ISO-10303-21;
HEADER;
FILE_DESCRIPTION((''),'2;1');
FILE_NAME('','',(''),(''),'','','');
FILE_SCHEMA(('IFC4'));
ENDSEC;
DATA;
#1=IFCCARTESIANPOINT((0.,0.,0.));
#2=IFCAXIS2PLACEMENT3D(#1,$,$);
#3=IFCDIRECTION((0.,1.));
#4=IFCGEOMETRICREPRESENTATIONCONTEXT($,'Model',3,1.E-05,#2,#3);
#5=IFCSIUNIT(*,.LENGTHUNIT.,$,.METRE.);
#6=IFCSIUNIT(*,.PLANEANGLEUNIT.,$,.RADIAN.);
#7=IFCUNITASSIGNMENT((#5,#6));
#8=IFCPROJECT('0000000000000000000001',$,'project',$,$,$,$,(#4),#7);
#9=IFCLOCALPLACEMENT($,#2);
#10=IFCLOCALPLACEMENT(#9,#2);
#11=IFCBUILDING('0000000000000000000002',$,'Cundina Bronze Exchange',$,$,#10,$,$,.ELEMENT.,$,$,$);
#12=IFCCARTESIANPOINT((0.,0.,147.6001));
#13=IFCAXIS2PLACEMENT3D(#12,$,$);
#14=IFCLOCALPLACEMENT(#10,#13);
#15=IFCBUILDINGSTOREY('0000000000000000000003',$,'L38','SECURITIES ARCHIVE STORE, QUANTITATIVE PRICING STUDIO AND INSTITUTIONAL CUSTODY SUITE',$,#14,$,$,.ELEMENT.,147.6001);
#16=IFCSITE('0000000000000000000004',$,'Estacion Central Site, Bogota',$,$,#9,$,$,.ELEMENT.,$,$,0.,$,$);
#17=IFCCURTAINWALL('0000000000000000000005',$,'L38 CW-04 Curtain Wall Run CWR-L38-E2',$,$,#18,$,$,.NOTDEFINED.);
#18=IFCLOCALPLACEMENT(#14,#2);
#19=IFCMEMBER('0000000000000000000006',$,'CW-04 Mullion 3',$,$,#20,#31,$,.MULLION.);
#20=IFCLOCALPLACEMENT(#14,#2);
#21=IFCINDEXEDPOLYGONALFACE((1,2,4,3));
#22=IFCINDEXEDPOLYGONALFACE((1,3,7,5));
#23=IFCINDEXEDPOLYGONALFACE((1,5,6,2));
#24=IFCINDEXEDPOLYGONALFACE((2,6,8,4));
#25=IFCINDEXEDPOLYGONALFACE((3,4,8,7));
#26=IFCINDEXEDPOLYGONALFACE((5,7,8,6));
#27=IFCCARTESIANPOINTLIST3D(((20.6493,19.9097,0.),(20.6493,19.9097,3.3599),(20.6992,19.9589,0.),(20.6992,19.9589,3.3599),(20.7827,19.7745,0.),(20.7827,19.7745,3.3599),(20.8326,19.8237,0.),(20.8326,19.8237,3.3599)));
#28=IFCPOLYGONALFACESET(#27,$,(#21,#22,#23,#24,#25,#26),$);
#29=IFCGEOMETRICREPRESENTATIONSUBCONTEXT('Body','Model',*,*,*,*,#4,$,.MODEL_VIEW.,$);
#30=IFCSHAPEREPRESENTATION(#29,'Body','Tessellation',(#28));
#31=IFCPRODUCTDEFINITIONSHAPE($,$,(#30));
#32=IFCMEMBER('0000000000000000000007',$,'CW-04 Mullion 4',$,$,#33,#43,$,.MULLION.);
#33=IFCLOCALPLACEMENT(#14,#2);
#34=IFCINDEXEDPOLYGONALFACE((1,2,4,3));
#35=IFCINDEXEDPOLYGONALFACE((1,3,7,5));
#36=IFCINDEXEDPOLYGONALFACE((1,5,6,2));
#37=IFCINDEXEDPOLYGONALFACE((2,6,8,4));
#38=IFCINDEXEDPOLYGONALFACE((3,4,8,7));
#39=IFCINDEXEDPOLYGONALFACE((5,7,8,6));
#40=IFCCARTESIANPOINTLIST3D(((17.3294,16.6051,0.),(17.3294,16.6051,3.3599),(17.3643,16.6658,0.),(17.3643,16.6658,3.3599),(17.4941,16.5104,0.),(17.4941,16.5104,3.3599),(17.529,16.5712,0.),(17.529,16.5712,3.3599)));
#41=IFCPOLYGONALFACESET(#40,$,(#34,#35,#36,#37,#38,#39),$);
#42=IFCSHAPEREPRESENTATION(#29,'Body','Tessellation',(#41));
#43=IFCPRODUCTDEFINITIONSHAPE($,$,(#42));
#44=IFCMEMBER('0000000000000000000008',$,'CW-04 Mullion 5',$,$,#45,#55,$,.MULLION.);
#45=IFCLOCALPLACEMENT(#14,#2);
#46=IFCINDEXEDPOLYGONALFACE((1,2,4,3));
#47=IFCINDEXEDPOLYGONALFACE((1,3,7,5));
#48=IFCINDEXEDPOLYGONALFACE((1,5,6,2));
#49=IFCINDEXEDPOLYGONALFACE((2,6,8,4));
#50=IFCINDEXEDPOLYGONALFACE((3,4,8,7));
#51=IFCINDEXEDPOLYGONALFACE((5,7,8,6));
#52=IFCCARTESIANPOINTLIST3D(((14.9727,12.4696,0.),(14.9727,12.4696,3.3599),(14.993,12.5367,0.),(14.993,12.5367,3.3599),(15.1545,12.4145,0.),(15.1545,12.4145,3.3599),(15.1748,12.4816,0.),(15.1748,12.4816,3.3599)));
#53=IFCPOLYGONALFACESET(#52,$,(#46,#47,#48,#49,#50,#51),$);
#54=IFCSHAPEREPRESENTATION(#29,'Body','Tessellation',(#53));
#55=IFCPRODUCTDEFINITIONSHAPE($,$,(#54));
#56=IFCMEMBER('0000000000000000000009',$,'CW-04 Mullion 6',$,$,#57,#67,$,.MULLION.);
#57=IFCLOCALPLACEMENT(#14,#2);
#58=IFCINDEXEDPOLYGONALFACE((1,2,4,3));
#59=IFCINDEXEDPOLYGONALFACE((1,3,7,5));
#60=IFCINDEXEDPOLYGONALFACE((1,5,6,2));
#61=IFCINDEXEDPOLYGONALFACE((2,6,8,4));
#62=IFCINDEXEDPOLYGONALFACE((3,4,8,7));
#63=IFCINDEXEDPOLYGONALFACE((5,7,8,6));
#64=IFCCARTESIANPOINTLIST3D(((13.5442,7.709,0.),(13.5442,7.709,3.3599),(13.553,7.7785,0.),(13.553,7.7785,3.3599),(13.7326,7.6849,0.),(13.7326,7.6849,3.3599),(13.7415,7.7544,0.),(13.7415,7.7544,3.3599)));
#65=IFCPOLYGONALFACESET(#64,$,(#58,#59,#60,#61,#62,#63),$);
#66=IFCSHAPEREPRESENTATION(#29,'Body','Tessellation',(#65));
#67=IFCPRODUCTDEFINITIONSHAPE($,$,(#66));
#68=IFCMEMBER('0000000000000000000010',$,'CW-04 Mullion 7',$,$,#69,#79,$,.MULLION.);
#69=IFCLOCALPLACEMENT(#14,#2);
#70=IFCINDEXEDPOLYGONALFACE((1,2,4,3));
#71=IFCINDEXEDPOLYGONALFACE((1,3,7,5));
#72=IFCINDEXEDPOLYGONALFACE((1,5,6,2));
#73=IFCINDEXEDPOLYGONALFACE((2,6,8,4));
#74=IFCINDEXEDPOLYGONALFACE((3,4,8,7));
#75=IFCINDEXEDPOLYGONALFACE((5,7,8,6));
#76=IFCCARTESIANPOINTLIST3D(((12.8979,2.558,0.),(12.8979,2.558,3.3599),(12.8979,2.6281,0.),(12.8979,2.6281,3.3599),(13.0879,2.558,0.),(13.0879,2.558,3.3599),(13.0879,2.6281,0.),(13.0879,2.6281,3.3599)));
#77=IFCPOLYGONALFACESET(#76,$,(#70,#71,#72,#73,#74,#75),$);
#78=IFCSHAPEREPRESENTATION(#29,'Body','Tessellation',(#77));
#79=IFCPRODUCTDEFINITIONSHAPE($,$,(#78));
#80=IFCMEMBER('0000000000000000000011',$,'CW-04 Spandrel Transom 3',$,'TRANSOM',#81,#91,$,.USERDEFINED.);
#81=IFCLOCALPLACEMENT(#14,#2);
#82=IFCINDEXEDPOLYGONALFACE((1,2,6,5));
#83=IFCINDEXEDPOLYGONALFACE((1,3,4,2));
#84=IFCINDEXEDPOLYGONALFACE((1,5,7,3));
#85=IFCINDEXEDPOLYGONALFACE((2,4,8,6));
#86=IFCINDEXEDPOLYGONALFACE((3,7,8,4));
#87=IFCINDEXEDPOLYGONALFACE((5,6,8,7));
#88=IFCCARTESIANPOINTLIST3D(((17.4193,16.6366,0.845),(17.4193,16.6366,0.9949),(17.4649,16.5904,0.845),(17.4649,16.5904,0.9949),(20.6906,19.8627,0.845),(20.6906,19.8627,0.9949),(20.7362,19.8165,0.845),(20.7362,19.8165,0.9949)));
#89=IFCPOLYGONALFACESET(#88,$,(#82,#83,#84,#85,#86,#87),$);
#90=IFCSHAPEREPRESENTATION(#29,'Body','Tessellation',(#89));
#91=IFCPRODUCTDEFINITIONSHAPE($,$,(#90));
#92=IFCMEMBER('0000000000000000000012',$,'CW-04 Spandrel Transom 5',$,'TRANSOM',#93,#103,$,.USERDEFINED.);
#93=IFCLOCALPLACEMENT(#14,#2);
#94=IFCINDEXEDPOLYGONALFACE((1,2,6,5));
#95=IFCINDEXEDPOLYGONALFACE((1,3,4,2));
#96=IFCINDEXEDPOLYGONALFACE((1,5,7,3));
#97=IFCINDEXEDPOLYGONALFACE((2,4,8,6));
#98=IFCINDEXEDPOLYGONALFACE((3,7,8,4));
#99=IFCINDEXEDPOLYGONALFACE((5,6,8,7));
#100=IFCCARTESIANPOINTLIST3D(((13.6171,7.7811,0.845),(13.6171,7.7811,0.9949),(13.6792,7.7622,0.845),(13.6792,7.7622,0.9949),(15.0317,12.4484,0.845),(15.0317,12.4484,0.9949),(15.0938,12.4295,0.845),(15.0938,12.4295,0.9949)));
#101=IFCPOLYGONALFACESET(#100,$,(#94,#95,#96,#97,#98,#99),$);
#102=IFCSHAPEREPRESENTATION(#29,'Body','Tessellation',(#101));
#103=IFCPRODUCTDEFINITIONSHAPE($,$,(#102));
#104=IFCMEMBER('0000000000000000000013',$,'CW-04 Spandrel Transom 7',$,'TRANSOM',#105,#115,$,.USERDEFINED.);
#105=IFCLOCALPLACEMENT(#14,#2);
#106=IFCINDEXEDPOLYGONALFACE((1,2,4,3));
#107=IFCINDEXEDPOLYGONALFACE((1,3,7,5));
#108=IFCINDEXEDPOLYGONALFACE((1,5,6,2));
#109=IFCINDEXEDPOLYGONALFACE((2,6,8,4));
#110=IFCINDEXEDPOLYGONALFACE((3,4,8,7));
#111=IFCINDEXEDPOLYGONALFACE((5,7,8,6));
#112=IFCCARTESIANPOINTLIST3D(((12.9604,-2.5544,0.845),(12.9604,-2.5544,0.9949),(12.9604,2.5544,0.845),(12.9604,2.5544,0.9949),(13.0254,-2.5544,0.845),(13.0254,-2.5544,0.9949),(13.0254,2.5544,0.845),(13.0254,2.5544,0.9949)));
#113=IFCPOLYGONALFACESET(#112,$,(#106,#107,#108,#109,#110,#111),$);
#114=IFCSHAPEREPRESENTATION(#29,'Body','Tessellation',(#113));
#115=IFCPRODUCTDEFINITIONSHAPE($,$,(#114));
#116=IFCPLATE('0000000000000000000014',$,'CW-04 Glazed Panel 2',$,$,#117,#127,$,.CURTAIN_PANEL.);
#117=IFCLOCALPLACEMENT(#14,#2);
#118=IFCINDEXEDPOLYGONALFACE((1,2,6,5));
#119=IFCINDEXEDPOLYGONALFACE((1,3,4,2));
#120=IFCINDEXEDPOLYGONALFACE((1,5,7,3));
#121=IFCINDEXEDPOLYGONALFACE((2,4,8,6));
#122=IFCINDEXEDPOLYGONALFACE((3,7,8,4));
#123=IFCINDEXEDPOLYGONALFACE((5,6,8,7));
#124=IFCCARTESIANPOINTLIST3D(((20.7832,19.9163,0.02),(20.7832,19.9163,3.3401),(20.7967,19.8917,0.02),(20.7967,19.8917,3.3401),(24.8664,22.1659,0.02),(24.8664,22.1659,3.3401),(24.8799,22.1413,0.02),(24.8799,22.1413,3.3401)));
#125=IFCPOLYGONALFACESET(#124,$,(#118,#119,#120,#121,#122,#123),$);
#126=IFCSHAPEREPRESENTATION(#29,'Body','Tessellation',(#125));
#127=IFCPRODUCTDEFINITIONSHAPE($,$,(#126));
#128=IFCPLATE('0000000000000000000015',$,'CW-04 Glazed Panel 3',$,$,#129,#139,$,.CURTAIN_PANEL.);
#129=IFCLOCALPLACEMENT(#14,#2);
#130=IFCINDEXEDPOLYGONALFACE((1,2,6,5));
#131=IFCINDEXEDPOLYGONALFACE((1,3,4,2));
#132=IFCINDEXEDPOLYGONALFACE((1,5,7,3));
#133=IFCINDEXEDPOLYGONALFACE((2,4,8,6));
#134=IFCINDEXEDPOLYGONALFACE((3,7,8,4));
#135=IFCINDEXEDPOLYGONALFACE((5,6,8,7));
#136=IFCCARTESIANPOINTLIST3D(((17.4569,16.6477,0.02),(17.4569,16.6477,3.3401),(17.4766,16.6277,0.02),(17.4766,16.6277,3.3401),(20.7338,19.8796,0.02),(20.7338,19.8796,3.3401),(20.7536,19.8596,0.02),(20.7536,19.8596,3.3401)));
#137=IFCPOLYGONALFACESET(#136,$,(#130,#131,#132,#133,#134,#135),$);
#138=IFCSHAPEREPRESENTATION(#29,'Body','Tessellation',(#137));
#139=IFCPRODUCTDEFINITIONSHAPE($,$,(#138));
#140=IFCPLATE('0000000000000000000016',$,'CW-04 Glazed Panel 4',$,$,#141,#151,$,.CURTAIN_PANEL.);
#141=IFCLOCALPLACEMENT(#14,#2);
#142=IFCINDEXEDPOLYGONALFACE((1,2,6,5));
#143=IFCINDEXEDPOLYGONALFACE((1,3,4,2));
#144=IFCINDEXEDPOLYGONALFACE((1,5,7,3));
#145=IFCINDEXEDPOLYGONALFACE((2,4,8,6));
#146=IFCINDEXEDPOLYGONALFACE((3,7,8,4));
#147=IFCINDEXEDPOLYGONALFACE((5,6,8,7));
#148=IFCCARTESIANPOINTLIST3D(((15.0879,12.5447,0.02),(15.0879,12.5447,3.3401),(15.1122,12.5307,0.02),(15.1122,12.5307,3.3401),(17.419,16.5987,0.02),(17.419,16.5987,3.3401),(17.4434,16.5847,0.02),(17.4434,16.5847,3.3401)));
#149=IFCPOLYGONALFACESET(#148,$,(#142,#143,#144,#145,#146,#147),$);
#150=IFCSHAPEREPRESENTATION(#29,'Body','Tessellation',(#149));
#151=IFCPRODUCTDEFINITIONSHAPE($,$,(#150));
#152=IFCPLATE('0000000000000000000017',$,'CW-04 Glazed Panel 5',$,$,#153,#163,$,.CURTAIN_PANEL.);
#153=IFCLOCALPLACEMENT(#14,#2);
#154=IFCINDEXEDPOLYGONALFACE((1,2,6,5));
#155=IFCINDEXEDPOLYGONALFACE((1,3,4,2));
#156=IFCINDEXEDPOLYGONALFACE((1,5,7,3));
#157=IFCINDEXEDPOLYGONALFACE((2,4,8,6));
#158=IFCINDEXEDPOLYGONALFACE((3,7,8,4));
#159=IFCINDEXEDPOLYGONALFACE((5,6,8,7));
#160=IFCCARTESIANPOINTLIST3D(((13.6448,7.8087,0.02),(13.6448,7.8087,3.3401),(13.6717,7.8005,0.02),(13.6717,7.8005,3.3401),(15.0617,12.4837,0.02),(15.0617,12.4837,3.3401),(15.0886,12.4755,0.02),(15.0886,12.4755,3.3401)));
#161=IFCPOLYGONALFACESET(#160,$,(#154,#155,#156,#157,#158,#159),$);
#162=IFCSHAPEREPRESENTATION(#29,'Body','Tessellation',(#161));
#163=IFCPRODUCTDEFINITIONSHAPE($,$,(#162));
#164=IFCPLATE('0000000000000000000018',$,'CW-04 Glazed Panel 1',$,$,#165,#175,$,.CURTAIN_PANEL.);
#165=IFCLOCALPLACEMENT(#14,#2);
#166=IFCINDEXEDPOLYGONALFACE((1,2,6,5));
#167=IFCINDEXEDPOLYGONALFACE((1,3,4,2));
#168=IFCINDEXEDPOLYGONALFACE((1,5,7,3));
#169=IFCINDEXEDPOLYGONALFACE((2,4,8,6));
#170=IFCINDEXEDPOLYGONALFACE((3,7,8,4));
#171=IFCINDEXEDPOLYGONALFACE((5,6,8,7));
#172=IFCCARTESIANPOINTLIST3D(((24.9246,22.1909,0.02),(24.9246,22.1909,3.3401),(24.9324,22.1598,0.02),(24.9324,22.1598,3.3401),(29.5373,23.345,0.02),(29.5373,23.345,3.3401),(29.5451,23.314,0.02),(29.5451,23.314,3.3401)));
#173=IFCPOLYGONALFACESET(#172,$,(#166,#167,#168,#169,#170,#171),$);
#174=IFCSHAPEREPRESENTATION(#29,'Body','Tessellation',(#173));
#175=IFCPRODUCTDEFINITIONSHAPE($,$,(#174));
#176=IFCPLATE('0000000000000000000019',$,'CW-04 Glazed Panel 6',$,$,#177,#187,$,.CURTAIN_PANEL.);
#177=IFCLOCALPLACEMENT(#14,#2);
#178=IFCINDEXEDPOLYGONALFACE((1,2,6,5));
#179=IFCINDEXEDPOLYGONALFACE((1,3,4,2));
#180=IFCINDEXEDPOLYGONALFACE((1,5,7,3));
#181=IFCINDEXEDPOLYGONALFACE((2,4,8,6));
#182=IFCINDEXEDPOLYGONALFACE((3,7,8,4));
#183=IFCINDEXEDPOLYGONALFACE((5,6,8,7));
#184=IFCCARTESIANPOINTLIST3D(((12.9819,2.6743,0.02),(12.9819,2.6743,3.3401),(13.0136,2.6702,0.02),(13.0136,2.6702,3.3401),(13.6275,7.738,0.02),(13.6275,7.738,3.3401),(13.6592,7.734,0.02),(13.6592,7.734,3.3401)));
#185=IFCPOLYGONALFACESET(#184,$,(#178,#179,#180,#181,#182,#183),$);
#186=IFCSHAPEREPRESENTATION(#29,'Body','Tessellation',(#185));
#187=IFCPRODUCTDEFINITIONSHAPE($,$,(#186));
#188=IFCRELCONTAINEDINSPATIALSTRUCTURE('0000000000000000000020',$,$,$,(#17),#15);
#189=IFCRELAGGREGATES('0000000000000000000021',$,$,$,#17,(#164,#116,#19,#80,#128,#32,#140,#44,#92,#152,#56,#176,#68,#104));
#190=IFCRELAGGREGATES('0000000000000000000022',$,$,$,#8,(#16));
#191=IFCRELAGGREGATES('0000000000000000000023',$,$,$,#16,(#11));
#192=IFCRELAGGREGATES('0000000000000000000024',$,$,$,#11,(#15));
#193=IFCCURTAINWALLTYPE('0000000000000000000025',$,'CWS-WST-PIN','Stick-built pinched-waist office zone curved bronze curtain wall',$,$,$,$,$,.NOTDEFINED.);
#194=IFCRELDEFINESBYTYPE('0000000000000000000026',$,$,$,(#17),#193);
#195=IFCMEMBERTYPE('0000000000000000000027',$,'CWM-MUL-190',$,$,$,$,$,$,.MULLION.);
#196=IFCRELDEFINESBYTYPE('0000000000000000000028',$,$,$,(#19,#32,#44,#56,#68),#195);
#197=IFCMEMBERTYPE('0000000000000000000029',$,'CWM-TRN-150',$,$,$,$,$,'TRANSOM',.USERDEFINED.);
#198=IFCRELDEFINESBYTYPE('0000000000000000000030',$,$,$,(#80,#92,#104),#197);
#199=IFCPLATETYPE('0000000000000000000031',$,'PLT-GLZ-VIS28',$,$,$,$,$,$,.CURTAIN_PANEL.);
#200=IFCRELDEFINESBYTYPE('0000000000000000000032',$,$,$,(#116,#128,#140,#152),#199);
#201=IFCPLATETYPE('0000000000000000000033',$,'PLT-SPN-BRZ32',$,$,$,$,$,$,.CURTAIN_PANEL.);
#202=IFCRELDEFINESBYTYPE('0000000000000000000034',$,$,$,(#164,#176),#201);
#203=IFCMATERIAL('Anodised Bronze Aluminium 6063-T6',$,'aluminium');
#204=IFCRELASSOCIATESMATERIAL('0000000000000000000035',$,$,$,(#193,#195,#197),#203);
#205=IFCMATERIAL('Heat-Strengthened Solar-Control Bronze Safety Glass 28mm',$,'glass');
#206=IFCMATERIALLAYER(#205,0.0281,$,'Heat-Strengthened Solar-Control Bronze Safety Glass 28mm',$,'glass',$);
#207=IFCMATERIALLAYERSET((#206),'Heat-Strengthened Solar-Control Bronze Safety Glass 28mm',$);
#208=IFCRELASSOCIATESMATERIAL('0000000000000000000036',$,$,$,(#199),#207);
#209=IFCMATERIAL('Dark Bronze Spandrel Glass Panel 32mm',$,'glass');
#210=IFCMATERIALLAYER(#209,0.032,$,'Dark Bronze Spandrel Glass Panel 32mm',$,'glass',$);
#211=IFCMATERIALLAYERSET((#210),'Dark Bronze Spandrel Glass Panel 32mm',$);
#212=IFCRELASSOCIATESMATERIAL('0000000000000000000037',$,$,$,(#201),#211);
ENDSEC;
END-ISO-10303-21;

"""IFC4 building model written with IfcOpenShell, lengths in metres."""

from ifc_helpers import new_model, si_unit, direction, frame, origin, origin_2d, place, context, subcontext, project, spatial, rectangle, extrude, material, layer, layer_set, material_profile, profile_set, type_object, element, aggregate, save


model = new_model("IFC4")

# Units and contexts
model_context = context("Model", 3, precision=1e-05, world=origin(), true_north=direction((0.0, 1.0)))
body_context = subcontext(model_context, "Body", "Model", "MODEL_VIEW")
ifc_project = project(units=[si_unit("LENGTHUNIT", "METRE"), si_unit("PLANEANGLEUNIT", "RADIAN")], contexts=[model_context])

# Site, building, storey
site_placement = place(None, origin())
site = spatial("IfcSite", under=ifc_project, at=site_placement, Name="Estacion Central Site, Bogota", CompositionType="ELEMENT", RefElevation=0.0)
building_placement = place(site_placement, origin())
building = spatial("IfcBuilding", under=site, at=building_placement, Name="Cundina Bronze Exchange", CompositionType="ELEMENT")
storey_placement = place(building_placement, frame((0.0, 0.0, 147.6001)))
storey = spatial("IfcBuildingStorey", under=building, at=storey_placement, Name="L38", Description="SECURITIES ARCHIVE STORE, QUANTITATIVE PRICING STUDIO AND INSTITUTIONAL CUSTODY SUITE", CompositionType="ELEMENT", Elevation=147.6001)

# Curtain wall, members, plates
ifc_material_1 = material(Name="Anodised Bronze Aluminium 6063-T6", Category="aluminium")
curtain_wall_type = type_object("IfcCurtainWallType", Name="CWS-WST-PIN", Description="Stick-built pinched-waist office zone curved bronze curtain wall", PredefinedType="NOTDEFINED", material=ifc_material_1)
curtain_wall_placement = place(storey_placement, origin())
curtain_wall = element("IfcCurtainWall", 1, at=curtain_wall_placement, inside=storey, type_object=curtain_wall_type, Name="L38 CW-04 Curtain Wall Run CWR-L38-E2", PredefinedType="NOTDEFINED")
ifc_material_profile_1 = material_profile(ifc_material_1, rectangle(XDim=0.0701, YDim=0.1899, at=origin_2d()), Name="AL70X190", Category="aluminium")
ifc_profile_set_1 = profile_set([ifc_material_profile_1], Name="Anodised Bronze Aluminium 6063-T6")
member_type_1 = type_object("IfcMemberType", Name="CWM-MUL-190", PredefinedType="MULLION", material=ifc_profile_set_1)
member_1_placement = place(storey_placement, frame((20.741, 19.8667, 0.0), z_axis=(0.0, 0.0, 1.0), x_axis=(-0.712026, -0.702153, 0.0)))
member_1 = element("IfcMember", 2, at=member_1_placement, type_object=member_type_1, Name="CW-04 Mullion 3", PredefinedType="MULLION", context=body_context, shape_type="SweptSolid", body=[
    extrude(rectangle(XDim=0.0701, YDim=0.1899, at=origin_2d()), origin(), (0.0, 0.0, 1.0), 3.3599),
])
member_2_placement = place(storey_placement, frame((17.4292, 16.5881, 0.0), z_axis=(0.0, 0.0, 1.0), x_axis=(-0.498488, -0.866897, 0.0)))
member_2 = element("IfcMember", 3, at=member_2_placement, type_object=member_type_1, Name="CW-04 Mullion 4", PredefinedType="MULLION", context=body_context, shape_type="SweptSolid", body=[
    extrude(rectangle(XDim=0.0701, YDim=0.1899, at=origin_2d()), origin(), (0.0, 0.0, 1.0), 3.3599),
])
member_3_placement = place(storey_placement, frame((15.0737, 12.4756, 0.0), z_axis=(0.0, 0.0, 1.0), x_axis=(-0.290034, -0.957016, 0.0)))
member_3 = element("IfcMember", 4, at=member_3_placement, type_object=member_type_1, Name="CW-04 Mullion 5", PredefinedType="MULLION", context=body_context, shape_type="SweptSolid", body=[
    extrude(rectangle(XDim=0.0701, YDim=0.1899, at=origin_2d()), origin(), (0.0, 0.0, 1.0), 3.3599),
])
member_4_placement = place(storey_placement, frame((13.6428, 7.7317, 0.0), z_axis=(0.0, 0.0, 1.0), x_axis=(-0.126545, -0.991961, 0.0)))
member_4 = element("IfcMember", 5, at=member_4_placement, type_object=member_type_1, Name="CW-04 Mullion 6", PredefinedType="MULLION", context=body_context, shape_type="SweptSolid", body=[
    extrude(rectangle(XDim=0.0701, YDim=0.1899, at=origin_2d()), origin(), (0.0, 0.0, 1.0), 3.3599),
])
member_5_placement = place(storey_placement, frame((12.9929, 2.593, 0.0), z_axis=(0.0, 0.0, 1.0), x_axis=(0.0, -1.0, 0.0)))
member_5 = element("IfcMember", 6, at=member_5_placement, type_object=member_type_1, Name="CW-04 Mullion 7", PredefinedType="MULLION", context=body_context, shape_type="SweptSolid", body=[
    extrude(rectangle(XDim=0.0701, YDim=0.1899, at=origin_2d()), origin(), (0.0, 0.0, 1.0), 3.3599),
])
ifc_material_profile_2 = material_profile(ifc_material_1, rectangle(XDim=0.0649, YDim=0.1499, at=origin_2d()), Name="AL65X150", Category="aluminium")
ifc_profile_set_2 = profile_set([ifc_material_profile_2], Name="Anodised Bronze Aluminium 6063-T6")
member_type_2 = type_object("IfcMemberType", Name="CWM-TRN-150", ElementType="TRANSOM", PredefinedType="USERDEFINED", material=ifc_profile_set_2)
member_6_placement = place(storey_placement, frame((20.7134, 19.8396, 0.9199), z_axis=(-0.712005, -0.702174, 0.0), x_axis=(0.702174, -0.712005, 0.0)))
member_6 = element("IfcMember", 7, at=member_6_placement, type_object=member_type_2, Name="CW-04 Spandrel Transom 3", ObjectType="TRANSOM", PredefinedType="USERDEFINED", context=body_context, shape_type="SweptSolid", body=[
    extrude(rectangle(XDim=0.0649, YDim=0.1499, at=origin_2d()), origin(), (0.0, 0.0, 1.0), 4.5945),
])
member_7_placement = place(storey_placement, frame((15.0627, 12.439, 0.9199), z_axis=(-0.290052, -0.957011, 0.0), x_axis=(0.957011, -0.290052, 0.0)))
member_7 = element("IfcMember", 8, at=member_7_placement, type_object=member_type_2, Name="CW-04 Spandrel Transom 5", ObjectType="TRANSOM", PredefinedType="USERDEFINED", context=body_context, shape_type="SweptSolid", body=[
    extrude(rectangle(XDim=0.0649, YDim=0.1499, at=origin_2d()), origin(), (0.0, 0.0, 1.0), 4.877),
])
member_8_placement = place(storey_placement, frame((12.9929, 2.5544, 0.9199), z_axis=(0.0, -1.0, 0.0), x_axis=(1.0, 0.0, 0.0)))
member_8 = element("IfcMember", 9, at=member_8_placement, type_object=member_type_2, Name="CW-04 Spandrel Transom 7", ObjectType="TRANSOM", PredefinedType="USERDEFINED", context=body_context, shape_type="SweptSolid", body=[
    extrude(rectangle(XDim=0.0649, YDim=0.1499, at=origin_2d()), origin(), (0.0, 0.0, 1.0), 5.1089),
])
ifc_material_2 = material(Name="Heat-Strengthened Solar-Control Bronze Safety Glass 28mm", Category="glass")
ifc_layer_1 = layer(ifc_material_2, 0.0281, Name="Heat-Strengthened Solar-Control Bronze Safety Glass 28mm", Category="glass")
ifc_layer_set_1 = layer_set([ifc_layer_1], Name="Heat-Strengthened Solar-Control Bronze Safety Glass 28mm")
plate_type_1 = type_object("IfcPlateType", Name="PLT-GLZ-VIS28", PredefinedType="CURTAIN_PANEL", material=ifc_layer_set_1)
plate_1_placement = place(storey_placement, frame((22.8315, 21.0288, 0.02), z_axis=(0.0, 0.0, 1.0), x_axis=(-0.875869, -0.482549, 0.0)))
plate_1 = element("IfcPlate", 10, at=plate_1_placement, type_object=plate_type_1, Name="CW-04 Glazed Panel 2", PredefinedType="CURTAIN_PANEL", context=body_context, shape_type="SweptSolid", body=[
    extrude(rectangle(XDim=4.6619, YDim=0.0281, at=origin_2d()), origin(), (0.0, 0.0, 1.0), 3.3201),
])
plate_2_placement = place(storey_placement, frame((19.1052, 18.2537, 0.02), z_axis=(0.0, 0.0, 1.0), x_axis=(-0.711989, -0.70219, 0.0)))
plate_2 = element("IfcPlate", 11, at=plate_2_placement, type_object=plate_type_1, Name="CW-04 Glazed Panel 3", PredefinedType="CURTAIN_PANEL", context=body_context, shape_type="SweptSolid", body=[
    extrude(rectangle(XDim=4.6025, YDim=0.0281, at=origin_2d()), origin(), (0.0, 0.0, 1.0), 3.3201),
])
plate_3_placement = place(storey_placement, frame((16.2656, 14.5647, 0.02), z_axis=(0.0, 0.0, 1.0), x_axis=(-0.498488, -0.866897, 0.0)))
plate_3 = element("IfcPlate", 12, at=plate_3_placement, type_object=plate_type_1, Name="CW-04 Glazed Panel 4", PredefinedType="CURTAIN_PANEL", context=body_context, shape_type="SweptSolid", body=[
    extrude(rectangle(XDim=4.6765, YDim=0.0281, at=origin_2d()), origin(), (0.0, 0.0, 1.0), 3.3201),
])
plate_4_placement = place(storey_placement, frame((14.3667, 10.1421, 0.02), z_axis=(0.0, 0.0, 1.0), x_axis=(-0.290051, -0.957011, 0.0)))
plate_4 = element("IfcPlate", 13, at=plate_4_placement, type_object=plate_type_1, Name="CW-04 Glazed Panel 5", PredefinedType="CURTAIN_PANEL", context=body_context, shape_type="SweptSolid", body=[
    extrude(rectangle(XDim=4.885, YDim=0.0281, at=origin_2d()), origin(), (0.0, 0.0, 1.0), 3.3201),
])
ifc_material_3 = material(Name="Dark Bronze Spandrel Glass Panel 32mm", Category="glass")
ifc_layer_2 = layer(ifc_material_3, 0.032, Name="Dark Bronze Spandrel Glass Panel 32mm", Category="glass")
ifc_layer_set_2 = layer_set([ifc_layer_2], Name="Dark Bronze Spandrel Glass Panel 32mm")
plate_type_2 = type_object("IfcPlateType", Name="PLT-SPN-BRZ32", PredefinedType="CURTAIN_PANEL", material=ifc_layer_set_2)
plate_5_placement = place(storey_placement, frame((27.2349, 22.7524, 0.02), z_axis=(0.0, 0.0, 1.0), x_axis=(-0.970093, -0.242735, 0.0)))
plate_5 = element("IfcPlate", 14, at=plate_5_placement, type_object=plate_type_2, Name="CW-04 Glazed Panel 1", PredefinedType="CURTAIN_PANEL", context=body_context, shape_type="SweptSolid", body=[
    extrude(rectangle(XDim=4.7549, YDim=0.032, at=origin_2d()), origin(), (0.0, 0.0, 1.0), 3.3201),
])
plate_6_placement = place(storey_placement, frame((13.3206, 5.2041, 0.02), z_axis=(0.0, 0.0, 1.0), x_axis=(-0.126476, -0.99197, 0.0)))
plate_6 = element("IfcPlate", 15, at=plate_6_placement, type_object=plate_type_2, Name="CW-04 Glazed Panel 6", PredefinedType="CURTAIN_PANEL", context=body_context, shape_type="SweptSolid", body=[
    extrude(rectangle(XDim=5.1047, YDim=0.032, at=origin_2d()), origin(), (0.0, 0.0, 1.0), 3.3201),
])
aggregate(curtain_wall, [plate_5, plate_1, member_1, member_6, plate_2, member_2, plate_3, member_3, member_7, plate_4, member_4, plate_6, member_5, member_8])

save(model, "model.ifc")
